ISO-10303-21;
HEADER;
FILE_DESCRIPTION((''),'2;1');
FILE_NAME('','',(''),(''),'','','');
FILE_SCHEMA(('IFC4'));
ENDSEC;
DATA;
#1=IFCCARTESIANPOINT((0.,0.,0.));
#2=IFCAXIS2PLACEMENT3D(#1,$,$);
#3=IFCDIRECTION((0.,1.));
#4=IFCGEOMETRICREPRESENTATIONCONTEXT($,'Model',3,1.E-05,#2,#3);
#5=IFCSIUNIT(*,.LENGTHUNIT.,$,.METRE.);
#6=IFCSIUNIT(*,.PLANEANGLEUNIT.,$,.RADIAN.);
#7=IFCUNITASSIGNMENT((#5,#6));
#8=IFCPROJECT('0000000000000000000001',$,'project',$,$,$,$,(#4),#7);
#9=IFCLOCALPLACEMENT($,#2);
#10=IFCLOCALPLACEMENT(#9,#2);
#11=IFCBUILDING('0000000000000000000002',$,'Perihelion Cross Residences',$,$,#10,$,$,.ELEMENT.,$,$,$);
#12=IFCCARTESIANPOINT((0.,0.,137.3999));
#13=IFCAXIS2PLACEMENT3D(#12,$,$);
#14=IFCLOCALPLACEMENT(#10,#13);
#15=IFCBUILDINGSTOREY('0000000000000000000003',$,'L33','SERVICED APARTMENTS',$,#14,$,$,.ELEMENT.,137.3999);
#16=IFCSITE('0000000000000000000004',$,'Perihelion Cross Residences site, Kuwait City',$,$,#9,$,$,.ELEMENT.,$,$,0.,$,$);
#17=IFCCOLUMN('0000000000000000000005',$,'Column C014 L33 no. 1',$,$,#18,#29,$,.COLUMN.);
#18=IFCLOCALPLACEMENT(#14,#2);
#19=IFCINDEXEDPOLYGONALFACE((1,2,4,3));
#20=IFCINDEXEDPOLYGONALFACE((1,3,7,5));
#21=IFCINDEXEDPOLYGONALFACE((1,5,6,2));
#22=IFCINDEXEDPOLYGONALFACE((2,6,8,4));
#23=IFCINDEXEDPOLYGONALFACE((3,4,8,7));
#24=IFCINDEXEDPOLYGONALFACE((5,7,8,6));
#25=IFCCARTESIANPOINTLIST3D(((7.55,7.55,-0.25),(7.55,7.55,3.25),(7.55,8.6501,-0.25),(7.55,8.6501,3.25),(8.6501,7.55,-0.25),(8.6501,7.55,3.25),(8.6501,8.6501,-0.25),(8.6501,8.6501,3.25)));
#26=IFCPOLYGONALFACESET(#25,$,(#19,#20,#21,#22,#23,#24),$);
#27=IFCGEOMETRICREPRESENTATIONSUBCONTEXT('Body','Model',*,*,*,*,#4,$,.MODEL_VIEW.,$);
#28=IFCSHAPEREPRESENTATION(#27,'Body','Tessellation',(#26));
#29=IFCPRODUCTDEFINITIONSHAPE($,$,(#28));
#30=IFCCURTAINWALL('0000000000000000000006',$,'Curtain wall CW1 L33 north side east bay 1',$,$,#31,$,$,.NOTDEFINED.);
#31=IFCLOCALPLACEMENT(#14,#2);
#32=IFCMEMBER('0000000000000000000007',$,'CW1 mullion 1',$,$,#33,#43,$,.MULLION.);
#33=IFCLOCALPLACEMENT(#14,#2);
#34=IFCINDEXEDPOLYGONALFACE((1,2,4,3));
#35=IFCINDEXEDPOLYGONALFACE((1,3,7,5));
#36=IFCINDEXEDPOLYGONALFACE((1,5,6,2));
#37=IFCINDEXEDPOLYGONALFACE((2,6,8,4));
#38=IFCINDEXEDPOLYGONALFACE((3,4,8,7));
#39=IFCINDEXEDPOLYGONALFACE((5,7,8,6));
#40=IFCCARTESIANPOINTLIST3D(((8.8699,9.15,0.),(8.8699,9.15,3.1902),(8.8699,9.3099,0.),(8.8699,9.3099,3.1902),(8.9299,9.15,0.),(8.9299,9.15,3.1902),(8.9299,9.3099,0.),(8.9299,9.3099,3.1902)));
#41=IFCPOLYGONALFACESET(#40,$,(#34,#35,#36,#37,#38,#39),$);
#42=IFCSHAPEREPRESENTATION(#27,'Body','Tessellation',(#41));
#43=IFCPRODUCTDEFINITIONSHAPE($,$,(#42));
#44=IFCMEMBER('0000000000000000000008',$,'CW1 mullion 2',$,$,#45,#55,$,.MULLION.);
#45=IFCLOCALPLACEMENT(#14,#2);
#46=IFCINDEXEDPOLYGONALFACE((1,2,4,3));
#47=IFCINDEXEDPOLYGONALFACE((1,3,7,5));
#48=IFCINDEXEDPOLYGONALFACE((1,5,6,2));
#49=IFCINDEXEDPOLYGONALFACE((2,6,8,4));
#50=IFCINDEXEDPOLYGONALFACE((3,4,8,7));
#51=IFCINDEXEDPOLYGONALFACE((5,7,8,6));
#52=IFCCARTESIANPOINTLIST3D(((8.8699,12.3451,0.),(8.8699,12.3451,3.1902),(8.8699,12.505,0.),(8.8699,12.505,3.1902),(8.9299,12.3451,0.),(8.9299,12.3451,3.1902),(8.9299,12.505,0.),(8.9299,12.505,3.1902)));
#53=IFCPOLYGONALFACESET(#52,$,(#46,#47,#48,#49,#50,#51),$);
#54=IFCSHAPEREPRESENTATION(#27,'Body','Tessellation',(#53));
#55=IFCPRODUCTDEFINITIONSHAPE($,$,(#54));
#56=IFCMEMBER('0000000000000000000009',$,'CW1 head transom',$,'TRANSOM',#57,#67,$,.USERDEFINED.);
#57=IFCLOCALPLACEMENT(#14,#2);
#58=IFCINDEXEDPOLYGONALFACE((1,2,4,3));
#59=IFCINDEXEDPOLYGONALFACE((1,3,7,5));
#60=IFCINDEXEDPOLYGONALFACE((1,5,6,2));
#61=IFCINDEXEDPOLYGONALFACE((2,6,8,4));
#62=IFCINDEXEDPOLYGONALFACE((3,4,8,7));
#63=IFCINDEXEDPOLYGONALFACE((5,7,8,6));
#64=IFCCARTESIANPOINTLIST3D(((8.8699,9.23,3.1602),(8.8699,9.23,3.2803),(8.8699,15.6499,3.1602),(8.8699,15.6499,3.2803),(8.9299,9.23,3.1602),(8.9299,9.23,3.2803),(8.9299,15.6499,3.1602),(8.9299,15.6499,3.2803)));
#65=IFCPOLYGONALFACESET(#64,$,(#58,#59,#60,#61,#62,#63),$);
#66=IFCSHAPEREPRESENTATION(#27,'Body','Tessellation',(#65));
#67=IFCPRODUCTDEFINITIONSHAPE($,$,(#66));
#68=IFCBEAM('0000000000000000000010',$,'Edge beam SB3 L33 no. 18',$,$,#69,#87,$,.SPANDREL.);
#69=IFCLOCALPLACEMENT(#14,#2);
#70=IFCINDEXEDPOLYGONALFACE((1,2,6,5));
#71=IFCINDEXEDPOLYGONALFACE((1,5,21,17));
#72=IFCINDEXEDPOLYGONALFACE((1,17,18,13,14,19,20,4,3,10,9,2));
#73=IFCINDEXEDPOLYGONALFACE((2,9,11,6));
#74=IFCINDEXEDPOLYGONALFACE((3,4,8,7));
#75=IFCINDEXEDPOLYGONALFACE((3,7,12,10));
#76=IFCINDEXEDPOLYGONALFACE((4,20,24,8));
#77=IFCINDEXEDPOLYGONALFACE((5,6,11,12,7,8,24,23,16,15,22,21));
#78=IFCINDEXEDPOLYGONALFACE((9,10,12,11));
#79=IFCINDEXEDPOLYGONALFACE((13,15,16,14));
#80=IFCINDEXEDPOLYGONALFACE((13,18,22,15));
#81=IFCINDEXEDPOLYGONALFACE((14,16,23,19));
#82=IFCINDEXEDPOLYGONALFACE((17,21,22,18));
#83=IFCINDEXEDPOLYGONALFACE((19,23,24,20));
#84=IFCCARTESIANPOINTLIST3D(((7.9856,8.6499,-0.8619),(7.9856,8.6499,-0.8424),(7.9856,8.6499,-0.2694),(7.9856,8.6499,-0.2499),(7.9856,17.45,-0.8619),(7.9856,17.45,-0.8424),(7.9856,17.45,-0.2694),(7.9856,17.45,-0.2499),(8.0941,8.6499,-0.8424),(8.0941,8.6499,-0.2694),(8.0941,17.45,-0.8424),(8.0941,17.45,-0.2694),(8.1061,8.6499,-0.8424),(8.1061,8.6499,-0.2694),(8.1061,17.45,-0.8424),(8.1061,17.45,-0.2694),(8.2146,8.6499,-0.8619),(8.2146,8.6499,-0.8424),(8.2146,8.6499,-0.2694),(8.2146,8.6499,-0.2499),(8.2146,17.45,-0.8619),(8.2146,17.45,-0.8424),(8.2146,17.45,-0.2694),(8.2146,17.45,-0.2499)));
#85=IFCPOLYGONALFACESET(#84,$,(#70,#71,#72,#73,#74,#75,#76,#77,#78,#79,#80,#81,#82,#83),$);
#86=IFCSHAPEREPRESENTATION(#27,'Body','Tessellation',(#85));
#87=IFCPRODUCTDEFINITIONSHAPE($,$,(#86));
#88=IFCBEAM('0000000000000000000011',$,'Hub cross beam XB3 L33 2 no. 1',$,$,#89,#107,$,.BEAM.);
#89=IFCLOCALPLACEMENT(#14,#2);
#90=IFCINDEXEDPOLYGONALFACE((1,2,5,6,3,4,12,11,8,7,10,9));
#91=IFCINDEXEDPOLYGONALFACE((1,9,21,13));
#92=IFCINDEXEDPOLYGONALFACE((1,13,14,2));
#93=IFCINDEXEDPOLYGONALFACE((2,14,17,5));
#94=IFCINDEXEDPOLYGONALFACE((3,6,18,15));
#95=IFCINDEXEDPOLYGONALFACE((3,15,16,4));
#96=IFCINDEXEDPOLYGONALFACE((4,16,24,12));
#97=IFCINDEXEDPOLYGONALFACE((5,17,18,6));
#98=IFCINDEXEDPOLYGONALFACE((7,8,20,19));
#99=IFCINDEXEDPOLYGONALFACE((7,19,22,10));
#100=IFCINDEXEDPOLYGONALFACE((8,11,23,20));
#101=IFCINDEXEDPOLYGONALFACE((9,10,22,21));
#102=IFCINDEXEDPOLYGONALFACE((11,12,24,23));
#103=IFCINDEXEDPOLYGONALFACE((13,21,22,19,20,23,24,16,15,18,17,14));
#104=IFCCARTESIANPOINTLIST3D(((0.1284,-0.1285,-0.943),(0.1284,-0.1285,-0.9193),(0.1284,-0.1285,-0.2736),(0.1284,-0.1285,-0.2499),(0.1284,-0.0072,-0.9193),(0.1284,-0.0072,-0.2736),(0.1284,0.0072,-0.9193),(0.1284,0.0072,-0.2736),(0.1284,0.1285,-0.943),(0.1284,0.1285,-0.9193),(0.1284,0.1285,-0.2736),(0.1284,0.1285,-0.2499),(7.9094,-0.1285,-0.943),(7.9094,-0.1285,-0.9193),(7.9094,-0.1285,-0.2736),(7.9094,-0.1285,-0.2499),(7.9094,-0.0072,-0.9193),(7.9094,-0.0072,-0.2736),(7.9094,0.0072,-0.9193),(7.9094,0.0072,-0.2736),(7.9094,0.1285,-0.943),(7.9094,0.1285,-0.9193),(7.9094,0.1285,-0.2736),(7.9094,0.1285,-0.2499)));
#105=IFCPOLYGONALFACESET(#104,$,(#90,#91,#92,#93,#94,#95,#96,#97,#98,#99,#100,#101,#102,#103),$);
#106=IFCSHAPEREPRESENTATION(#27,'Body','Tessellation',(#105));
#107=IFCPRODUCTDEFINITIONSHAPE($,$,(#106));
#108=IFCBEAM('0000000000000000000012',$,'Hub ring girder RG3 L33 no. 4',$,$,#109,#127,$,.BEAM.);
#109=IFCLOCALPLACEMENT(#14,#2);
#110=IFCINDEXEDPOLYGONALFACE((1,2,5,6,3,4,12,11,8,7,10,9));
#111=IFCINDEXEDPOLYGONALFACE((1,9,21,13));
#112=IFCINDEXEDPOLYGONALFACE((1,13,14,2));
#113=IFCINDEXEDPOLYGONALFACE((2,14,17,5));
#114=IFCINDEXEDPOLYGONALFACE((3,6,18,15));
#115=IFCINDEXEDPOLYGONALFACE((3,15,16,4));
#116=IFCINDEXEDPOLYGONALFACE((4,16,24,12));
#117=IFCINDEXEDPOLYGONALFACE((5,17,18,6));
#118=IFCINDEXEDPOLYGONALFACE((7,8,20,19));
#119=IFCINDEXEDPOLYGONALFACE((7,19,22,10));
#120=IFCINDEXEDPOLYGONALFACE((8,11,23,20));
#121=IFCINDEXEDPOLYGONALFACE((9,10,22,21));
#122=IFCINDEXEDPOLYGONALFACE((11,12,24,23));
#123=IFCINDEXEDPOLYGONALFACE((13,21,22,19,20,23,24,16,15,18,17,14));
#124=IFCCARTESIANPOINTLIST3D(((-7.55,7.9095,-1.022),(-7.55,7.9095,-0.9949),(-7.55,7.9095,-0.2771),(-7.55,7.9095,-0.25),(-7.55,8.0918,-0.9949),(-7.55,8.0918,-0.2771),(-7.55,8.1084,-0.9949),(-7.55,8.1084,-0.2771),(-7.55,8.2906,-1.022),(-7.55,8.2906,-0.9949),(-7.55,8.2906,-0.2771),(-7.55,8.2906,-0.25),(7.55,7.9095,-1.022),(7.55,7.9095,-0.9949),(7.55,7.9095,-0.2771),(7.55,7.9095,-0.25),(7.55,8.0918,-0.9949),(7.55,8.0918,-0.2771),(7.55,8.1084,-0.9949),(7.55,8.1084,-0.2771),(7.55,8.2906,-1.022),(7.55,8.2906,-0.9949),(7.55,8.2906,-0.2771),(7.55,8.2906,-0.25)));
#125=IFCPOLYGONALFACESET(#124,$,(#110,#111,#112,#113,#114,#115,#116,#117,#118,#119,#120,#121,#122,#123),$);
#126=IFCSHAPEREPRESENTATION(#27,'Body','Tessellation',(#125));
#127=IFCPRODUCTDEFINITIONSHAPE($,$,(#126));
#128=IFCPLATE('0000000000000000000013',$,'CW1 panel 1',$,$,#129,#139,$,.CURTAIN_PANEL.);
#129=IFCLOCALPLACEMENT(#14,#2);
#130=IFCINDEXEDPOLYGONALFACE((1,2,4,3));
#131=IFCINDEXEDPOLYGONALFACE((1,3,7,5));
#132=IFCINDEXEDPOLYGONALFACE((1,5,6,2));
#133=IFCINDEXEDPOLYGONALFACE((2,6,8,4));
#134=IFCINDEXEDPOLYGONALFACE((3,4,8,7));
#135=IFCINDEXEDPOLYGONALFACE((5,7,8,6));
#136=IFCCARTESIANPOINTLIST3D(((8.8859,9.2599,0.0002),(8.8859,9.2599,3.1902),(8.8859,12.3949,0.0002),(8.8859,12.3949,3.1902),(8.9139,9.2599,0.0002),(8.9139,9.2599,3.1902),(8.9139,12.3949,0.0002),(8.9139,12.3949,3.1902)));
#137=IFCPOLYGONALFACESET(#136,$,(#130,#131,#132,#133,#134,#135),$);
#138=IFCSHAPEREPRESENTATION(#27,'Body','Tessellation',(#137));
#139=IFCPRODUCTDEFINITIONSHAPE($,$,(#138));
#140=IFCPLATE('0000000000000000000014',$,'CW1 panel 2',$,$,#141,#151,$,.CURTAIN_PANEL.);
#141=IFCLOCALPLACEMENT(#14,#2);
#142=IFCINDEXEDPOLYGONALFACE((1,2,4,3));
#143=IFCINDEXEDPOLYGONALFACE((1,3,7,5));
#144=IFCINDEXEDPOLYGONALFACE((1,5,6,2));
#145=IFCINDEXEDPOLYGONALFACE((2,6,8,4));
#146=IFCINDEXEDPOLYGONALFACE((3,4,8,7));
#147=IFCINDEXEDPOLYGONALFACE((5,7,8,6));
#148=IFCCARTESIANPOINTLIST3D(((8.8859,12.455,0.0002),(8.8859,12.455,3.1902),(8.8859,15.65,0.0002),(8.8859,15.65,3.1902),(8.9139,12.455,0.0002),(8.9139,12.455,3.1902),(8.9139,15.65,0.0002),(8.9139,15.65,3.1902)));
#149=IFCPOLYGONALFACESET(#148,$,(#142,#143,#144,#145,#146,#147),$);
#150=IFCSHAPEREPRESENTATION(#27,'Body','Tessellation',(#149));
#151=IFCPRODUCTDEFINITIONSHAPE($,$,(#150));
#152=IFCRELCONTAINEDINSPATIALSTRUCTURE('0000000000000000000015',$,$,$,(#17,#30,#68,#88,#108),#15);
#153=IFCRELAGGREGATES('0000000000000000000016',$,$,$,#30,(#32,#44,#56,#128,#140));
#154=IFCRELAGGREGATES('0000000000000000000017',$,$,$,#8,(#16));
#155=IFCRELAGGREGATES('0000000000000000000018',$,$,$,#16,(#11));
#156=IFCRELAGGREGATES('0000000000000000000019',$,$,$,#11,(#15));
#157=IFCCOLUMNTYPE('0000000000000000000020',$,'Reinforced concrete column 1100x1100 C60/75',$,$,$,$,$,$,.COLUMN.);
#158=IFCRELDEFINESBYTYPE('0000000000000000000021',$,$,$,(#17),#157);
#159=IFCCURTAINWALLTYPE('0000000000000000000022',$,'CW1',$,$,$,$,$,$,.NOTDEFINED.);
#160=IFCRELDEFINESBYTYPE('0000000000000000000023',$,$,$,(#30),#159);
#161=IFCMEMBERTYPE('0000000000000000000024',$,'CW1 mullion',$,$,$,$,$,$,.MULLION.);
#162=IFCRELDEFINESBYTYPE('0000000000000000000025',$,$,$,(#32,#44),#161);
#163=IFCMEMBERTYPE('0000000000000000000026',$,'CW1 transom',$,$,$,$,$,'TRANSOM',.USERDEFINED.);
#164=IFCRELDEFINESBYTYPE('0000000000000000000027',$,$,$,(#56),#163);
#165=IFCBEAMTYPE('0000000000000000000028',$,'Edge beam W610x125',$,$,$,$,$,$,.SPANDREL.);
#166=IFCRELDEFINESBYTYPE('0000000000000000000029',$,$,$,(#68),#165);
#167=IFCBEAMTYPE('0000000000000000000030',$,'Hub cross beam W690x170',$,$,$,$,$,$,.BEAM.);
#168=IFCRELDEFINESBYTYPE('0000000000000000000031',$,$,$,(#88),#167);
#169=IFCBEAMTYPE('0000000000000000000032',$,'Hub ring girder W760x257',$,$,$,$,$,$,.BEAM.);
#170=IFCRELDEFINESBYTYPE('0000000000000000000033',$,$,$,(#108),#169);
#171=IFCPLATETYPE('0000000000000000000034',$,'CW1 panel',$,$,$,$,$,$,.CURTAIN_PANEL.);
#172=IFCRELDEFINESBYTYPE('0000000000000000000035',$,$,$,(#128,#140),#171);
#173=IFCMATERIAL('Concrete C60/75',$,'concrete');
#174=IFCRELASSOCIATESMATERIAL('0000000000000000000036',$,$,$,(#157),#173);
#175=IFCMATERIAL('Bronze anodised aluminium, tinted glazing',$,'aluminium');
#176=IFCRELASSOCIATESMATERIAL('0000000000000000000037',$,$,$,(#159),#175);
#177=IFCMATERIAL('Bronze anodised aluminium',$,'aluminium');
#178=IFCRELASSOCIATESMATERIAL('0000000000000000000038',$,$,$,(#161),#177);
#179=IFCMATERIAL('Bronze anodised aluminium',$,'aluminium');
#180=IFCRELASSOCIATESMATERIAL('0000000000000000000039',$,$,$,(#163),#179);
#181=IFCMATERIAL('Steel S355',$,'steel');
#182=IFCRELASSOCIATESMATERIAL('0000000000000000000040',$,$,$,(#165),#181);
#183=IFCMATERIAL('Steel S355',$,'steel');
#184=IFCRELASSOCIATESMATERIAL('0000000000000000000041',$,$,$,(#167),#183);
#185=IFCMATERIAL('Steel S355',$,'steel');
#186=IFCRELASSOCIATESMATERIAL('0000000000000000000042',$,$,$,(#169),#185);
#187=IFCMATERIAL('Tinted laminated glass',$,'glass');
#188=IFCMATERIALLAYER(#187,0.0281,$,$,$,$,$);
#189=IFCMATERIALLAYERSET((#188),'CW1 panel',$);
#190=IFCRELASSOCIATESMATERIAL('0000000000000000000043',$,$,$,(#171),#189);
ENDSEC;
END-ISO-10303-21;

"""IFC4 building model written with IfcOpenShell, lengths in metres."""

from ifc_helpers import new_model, si_unit, direction, frame, origin, origin_2d, place, context, subcontext, project, spatial, rectangle, i_section, extrude, material, layer, layer_set, material_profile, profile_set, type_object, element, aggregate, save


model = new_model("IFC4")

# Units and contexts
model_context = context("Model", 3, precision=1e-05, world=origin(), true_north=direction((0.0, 1.0)))
body_context = subcontext(model_context, "Body", "Model", "MODEL_VIEW")
ifc_project = project(units=[si_unit("LENGTHUNIT", "METRE"), si_unit("PLANEANGLEUNIT", "RADIAN")], contexts=[model_context])

# Site, building, storey
site_placement = place(None, origin())
site = spatial("IfcSite", under=ifc_project, at=site_placement, Name="Perihelion Cross Residences site, Kuwait City", CompositionType="ELEMENT", RefElevation=0.0)
building_placement = place(site_placement, origin())
building = spatial("IfcBuilding", under=site, at=building_placement, Name="Perihelion Cross Residences", CompositionType="ELEMENT")
storey_placement = place(building_placement, frame((0.0, 0.0, 137.3999)))
storey = spatial("IfcBuildingStorey", under=building, at=storey_placement, Name="L33", Description="SERVICED APARTMENTS", CompositionType="ELEMENT", Elevation=137.3999)

# Column
ifc_material_1 = material(Name="Concrete C60/75", Category="concrete")
ifc_material_profile_1 = material_profile(ifc_material_1, rectangle(XDim=1.1001, YDim=1.1001, at=origin_2d()), Name="RC 1100x1100")
ifc_profile_set_1 = profile_set([ifc_material_profile_1], Name="Concrete C60/75")
column_type = type_object("IfcColumnType", Name="Reinforced concrete column 1100x1100 C60/75", PredefinedType="COLUMN", material=ifc_profile_set_1)
column_placement = place(storey_placement, frame((8.1001, 8.1001, -0.25), z_axis=(0.0, 0.0, 1.0), x_axis=(1.0, 0.0, 0.0)))
element("IfcColumn", 1, at=column_placement, inside=storey, type_object=column_type, Name="Column C014 L33 no. 1", PredefinedType="COLUMN", context=body_context, shape_type="SweptSolid", body=[
    extrude(rectangle(XDim=1.1001, YDim=1.1001, at=origin_2d()), origin(), (0.0, 0.0, 1.0), 3.5),
])

# Curtain wall, members
ifc_material_2 = material(Name="Bronze anodised aluminium, tinted glazing", Category="aluminium")
curtain_wall_type = type_object("IfcCurtainWallType", Name="CW1", PredefinedType="NOTDEFINED", material=ifc_material_2)
curtain_wall_placement = place(storey_placement, origin())
curtain_wall = element("IfcCurtainWall", 2, at=curtain_wall_placement, inside=storey, type_object=curtain_wall_type, Name="Curtain wall CW1 L33 north side east bay 1", PredefinedType="NOTDEFINED")
ifc_material_3 = material(Name="Bronze anodised aluminium", Category="aluminium")
ifc_material_profile_2 = material_profile(ifc_material_3, rectangle(XDim=0.0601, YDim=0.1599, at=origin_2d()), Name="CW1 mullion")
ifc_profile_set_2 = profile_set([ifc_material_profile_2], Name="Bronze anodised aluminium")
member_type_1 = type_object("IfcMemberType", Name="CW1 mullion", PredefinedType="MULLION", material=ifc_profile_set_2)
member_1_placement = place(storey_placement, frame((8.8999, 9.23, 0.0), z_axis=(0.0, 0.0, 1.0), x_axis=(-1.0, 0.0, 0.0)))
member_1 = element("IfcMember", 3, at=member_1_placement, type_object=member_type_1, Name="CW1 mullion 1", PredefinedType="MULLION", context=body_context, shape_type="SweptSolid", body=[
    extrude(rectangle(XDim=0.0601, YDim=0.1599, at=origin_2d()), origin(), (0.0, 0.0, 1.0), 3.1902),
])
member_2_placement = place(storey_placement, frame((8.8999, 12.425, 0.0), z_axis=(0.0, 0.0, 1.0), x_axis=(-1.0, 0.0, 0.0)))
member_2 = element("IfcMember", 4, at=member_2_placement, type_object=member_type_1, Name="CW1 mullion 2", PredefinedType="MULLION", context=body_context, shape_type="SweptSolid", body=[
    extrude(rectangle(XDim=0.0601, YDim=0.1599, at=origin_2d()), origin(), (0.0, 0.0, 1.0), 3.1902),
])
ifc_material_4 = material(Name="Bronze anodised aluminium", Category="aluminium")
ifc_material_profile_3 = material_profile(ifc_material_4, rectangle(XDim=0.0601, YDim=0.1201, at=origin_2d()), Name="CW1 transom")
ifc_profile_set_3 = profile_set([ifc_material_profile_3], Name="Bronze anodised aluminium")
member_type_2 = type_object("IfcMemberType", Name="CW1 transom", ElementType="TRANSOM", PredefinedType="USERDEFINED", material=ifc_profile_set_3)
member_3_placement = place(storey_placement, frame((8.8999, 9.23, 3.2202), z_axis=(0.0, 1.0, 0.0), x_axis=(-1.0, 0.0, 0.0)))
member_3 = element("IfcMember", 5, at=member_3_placement, type_object=member_type_2, Name="CW1 head transom", ObjectType="TRANSOM", PredefinedType="USERDEFINED", context=body_context, shape_type="SweptSolid", body=[
    extrude(rectangle(XDim=0.0601, YDim=0.1201, at=origin_2d()), origin(), (0.0, 0.0, 1.0), 6.4199),
])

# Beams
ifc_material_5 = material(Name="Steel S355", Category="steel")
ifc_material_profile_4 = material_profile(ifc_material_5, i_section(OverallWidth=0.229, OverallDepth=0.6121, WebThickness=0.012, FlangeThickness=0.0195, at=origin_2d()), Name="W610x125")
ifc_profile_set_4 = profile_set([ifc_material_profile_4], Name="Steel S355")
beam_type_1 = type_object("IfcBeamType", Name="Edge beam W610x125", PredefinedType="SPANDREL", material=ifc_profile_set_4)
beam_1_placement = place(storey_placement, frame((8.1001, 8.6499, -0.5559), z_axis=(0.0, 1.0, 0.0), x_axis=(-1.0, 0.0, 0.0)))
element("IfcBeam", 6, at=beam_1_placement, inside=storey, type_object=beam_type_1, Name="Edge beam SB3 L33 no. 18", PredefinedType="SPANDREL", context=body_context, shape_type="SweptSolid", body=[
    extrude(i_section(OverallWidth=0.229, OverallDepth=0.6121, WebThickness=0.012, FlangeThickness=0.0195, at=origin_2d()), origin(), (0.0, 0.0, 1.0), 8.8),
])
ifc_material_6 = material(Name="Steel S355", Category="steel")
ifc_material_profile_5 = material_profile(ifc_material_6, i_section(OverallWidth=0.2571, OverallDepth=0.6931, WebThickness=0.0144, FlangeThickness=0.0237, at=origin_2d()), Name="W690x170")
ifc_profile_set_5 = profile_set([ifc_material_profile_5], Name="Steel S355")
beam_type_2 = type_object("IfcBeamType", Name="Hub cross beam W690x170", PredefinedType="BEAM", material=ifc_profile_set_5)
beam_2_placement = place(storey_placement, frame((0.1284, 0.0, -0.5964), z_axis=(1.0, 0.0, 0.0), x_axis=(0.0, 1.0, 0.0)))
element("IfcBeam", 7, at=beam_2_placement, inside=storey, type_object=beam_type_2, Name="Hub cross beam XB3 L33 2 no. 1", PredefinedType="BEAM", context=body_context, shape_type="SweptSolid", body=[
    extrude(i_section(OverallWidth=0.2571, OverallDepth=0.6931, WebThickness=0.0144, FlangeThickness=0.0237, at=origin_2d()), origin(), (0.0, 0.0, 1.0), 7.781),
])
ifc_material_7 = material(Name="Steel S355", Category="steel")
ifc_material_profile_6 = material_profile(ifc_material_7, i_section(OverallWidth=0.3811, OverallDepth=0.772, WebThickness=0.0166, FlangeThickness=0.0271, at=origin_2d()), Name="W760x257")
ifc_profile_set_6 = profile_set([ifc_material_profile_6], Name="Steel S355")
beam_type_3 = type_object("IfcBeamType", Name="Hub ring girder W760x257", PredefinedType="BEAM", material=ifc_profile_set_6)
beam_3_placement = place(storey_placement, frame((7.55, 8.1001, -0.636), z_axis=(-1.0, 0.0, 0.0), x_axis=(0.0, -1.0, 0.0)))
element("IfcBeam", 8, at=beam_3_placement, inside=storey, type_object=beam_type_3, Name="Hub ring girder RG3 L33 no. 4", PredefinedType="BEAM", context=body_context, shape_type="SweptSolid", body=[
    extrude(i_section(OverallWidth=0.3811, OverallDepth=0.772, WebThickness=0.0166, FlangeThickness=0.0271, at=origin_2d()), origin(), (0.0, 0.0, 1.0), 15.1001),
])

# Plates
ifc_material_8 = material(Name="Tinted laminated glass", Category="glass")
ifc_layer_1 = layer(ifc_material_8, 0.0281)
ifc_layer_set_1 = layer_set([ifc_layer_1], Name="CW1 panel")
plate_type = type_object("IfcPlateType", Name="CW1 panel", PredefinedType="CURTAIN_PANEL", material=ifc_layer_set_1)
plate_1_placement = place(storey_placement, frame((8.8999, 10.8274, 0.0002), z_axis=(0.0, 0.0, 1.0), x_axis=(0.0, 1.0, 0.0)))
plate_1 = element("IfcPlate", 9, at=plate_1_placement, type_object=plate_type, Name="CW1 panel 1", PredefinedType="CURTAIN_PANEL", context=body_context, shape_type="SweptSolid", body=[
    extrude(rectangle(XDim=3.135, YDim=0.0281, at=origin_2d()), origin(), (0.0, 0.0, 1.0), 3.1899),
])
plate_2_placement = place(storey_placement, frame((8.8999, 14.0525, 0.0002), z_axis=(0.0, 0.0, 1.0), x_axis=(0.0, 1.0, 0.0)))
plate_2 = element("IfcPlate", 10, at=plate_2_placement, type_object=plate_type, Name="CW1 panel 2", PredefinedType="CURTAIN_PANEL", context=body_context, shape_type="SweptSolid", body=[
    extrude(rectangle(XDim=3.1951, YDim=0.0281, at=origin_2d()), origin(), (0.0, 0.0, 1.0), 3.1899),
])
aggregate(curtain_wall, [member_1, member_2, member_3, plate_1, plate_2])

save(model, "model.ifc")
